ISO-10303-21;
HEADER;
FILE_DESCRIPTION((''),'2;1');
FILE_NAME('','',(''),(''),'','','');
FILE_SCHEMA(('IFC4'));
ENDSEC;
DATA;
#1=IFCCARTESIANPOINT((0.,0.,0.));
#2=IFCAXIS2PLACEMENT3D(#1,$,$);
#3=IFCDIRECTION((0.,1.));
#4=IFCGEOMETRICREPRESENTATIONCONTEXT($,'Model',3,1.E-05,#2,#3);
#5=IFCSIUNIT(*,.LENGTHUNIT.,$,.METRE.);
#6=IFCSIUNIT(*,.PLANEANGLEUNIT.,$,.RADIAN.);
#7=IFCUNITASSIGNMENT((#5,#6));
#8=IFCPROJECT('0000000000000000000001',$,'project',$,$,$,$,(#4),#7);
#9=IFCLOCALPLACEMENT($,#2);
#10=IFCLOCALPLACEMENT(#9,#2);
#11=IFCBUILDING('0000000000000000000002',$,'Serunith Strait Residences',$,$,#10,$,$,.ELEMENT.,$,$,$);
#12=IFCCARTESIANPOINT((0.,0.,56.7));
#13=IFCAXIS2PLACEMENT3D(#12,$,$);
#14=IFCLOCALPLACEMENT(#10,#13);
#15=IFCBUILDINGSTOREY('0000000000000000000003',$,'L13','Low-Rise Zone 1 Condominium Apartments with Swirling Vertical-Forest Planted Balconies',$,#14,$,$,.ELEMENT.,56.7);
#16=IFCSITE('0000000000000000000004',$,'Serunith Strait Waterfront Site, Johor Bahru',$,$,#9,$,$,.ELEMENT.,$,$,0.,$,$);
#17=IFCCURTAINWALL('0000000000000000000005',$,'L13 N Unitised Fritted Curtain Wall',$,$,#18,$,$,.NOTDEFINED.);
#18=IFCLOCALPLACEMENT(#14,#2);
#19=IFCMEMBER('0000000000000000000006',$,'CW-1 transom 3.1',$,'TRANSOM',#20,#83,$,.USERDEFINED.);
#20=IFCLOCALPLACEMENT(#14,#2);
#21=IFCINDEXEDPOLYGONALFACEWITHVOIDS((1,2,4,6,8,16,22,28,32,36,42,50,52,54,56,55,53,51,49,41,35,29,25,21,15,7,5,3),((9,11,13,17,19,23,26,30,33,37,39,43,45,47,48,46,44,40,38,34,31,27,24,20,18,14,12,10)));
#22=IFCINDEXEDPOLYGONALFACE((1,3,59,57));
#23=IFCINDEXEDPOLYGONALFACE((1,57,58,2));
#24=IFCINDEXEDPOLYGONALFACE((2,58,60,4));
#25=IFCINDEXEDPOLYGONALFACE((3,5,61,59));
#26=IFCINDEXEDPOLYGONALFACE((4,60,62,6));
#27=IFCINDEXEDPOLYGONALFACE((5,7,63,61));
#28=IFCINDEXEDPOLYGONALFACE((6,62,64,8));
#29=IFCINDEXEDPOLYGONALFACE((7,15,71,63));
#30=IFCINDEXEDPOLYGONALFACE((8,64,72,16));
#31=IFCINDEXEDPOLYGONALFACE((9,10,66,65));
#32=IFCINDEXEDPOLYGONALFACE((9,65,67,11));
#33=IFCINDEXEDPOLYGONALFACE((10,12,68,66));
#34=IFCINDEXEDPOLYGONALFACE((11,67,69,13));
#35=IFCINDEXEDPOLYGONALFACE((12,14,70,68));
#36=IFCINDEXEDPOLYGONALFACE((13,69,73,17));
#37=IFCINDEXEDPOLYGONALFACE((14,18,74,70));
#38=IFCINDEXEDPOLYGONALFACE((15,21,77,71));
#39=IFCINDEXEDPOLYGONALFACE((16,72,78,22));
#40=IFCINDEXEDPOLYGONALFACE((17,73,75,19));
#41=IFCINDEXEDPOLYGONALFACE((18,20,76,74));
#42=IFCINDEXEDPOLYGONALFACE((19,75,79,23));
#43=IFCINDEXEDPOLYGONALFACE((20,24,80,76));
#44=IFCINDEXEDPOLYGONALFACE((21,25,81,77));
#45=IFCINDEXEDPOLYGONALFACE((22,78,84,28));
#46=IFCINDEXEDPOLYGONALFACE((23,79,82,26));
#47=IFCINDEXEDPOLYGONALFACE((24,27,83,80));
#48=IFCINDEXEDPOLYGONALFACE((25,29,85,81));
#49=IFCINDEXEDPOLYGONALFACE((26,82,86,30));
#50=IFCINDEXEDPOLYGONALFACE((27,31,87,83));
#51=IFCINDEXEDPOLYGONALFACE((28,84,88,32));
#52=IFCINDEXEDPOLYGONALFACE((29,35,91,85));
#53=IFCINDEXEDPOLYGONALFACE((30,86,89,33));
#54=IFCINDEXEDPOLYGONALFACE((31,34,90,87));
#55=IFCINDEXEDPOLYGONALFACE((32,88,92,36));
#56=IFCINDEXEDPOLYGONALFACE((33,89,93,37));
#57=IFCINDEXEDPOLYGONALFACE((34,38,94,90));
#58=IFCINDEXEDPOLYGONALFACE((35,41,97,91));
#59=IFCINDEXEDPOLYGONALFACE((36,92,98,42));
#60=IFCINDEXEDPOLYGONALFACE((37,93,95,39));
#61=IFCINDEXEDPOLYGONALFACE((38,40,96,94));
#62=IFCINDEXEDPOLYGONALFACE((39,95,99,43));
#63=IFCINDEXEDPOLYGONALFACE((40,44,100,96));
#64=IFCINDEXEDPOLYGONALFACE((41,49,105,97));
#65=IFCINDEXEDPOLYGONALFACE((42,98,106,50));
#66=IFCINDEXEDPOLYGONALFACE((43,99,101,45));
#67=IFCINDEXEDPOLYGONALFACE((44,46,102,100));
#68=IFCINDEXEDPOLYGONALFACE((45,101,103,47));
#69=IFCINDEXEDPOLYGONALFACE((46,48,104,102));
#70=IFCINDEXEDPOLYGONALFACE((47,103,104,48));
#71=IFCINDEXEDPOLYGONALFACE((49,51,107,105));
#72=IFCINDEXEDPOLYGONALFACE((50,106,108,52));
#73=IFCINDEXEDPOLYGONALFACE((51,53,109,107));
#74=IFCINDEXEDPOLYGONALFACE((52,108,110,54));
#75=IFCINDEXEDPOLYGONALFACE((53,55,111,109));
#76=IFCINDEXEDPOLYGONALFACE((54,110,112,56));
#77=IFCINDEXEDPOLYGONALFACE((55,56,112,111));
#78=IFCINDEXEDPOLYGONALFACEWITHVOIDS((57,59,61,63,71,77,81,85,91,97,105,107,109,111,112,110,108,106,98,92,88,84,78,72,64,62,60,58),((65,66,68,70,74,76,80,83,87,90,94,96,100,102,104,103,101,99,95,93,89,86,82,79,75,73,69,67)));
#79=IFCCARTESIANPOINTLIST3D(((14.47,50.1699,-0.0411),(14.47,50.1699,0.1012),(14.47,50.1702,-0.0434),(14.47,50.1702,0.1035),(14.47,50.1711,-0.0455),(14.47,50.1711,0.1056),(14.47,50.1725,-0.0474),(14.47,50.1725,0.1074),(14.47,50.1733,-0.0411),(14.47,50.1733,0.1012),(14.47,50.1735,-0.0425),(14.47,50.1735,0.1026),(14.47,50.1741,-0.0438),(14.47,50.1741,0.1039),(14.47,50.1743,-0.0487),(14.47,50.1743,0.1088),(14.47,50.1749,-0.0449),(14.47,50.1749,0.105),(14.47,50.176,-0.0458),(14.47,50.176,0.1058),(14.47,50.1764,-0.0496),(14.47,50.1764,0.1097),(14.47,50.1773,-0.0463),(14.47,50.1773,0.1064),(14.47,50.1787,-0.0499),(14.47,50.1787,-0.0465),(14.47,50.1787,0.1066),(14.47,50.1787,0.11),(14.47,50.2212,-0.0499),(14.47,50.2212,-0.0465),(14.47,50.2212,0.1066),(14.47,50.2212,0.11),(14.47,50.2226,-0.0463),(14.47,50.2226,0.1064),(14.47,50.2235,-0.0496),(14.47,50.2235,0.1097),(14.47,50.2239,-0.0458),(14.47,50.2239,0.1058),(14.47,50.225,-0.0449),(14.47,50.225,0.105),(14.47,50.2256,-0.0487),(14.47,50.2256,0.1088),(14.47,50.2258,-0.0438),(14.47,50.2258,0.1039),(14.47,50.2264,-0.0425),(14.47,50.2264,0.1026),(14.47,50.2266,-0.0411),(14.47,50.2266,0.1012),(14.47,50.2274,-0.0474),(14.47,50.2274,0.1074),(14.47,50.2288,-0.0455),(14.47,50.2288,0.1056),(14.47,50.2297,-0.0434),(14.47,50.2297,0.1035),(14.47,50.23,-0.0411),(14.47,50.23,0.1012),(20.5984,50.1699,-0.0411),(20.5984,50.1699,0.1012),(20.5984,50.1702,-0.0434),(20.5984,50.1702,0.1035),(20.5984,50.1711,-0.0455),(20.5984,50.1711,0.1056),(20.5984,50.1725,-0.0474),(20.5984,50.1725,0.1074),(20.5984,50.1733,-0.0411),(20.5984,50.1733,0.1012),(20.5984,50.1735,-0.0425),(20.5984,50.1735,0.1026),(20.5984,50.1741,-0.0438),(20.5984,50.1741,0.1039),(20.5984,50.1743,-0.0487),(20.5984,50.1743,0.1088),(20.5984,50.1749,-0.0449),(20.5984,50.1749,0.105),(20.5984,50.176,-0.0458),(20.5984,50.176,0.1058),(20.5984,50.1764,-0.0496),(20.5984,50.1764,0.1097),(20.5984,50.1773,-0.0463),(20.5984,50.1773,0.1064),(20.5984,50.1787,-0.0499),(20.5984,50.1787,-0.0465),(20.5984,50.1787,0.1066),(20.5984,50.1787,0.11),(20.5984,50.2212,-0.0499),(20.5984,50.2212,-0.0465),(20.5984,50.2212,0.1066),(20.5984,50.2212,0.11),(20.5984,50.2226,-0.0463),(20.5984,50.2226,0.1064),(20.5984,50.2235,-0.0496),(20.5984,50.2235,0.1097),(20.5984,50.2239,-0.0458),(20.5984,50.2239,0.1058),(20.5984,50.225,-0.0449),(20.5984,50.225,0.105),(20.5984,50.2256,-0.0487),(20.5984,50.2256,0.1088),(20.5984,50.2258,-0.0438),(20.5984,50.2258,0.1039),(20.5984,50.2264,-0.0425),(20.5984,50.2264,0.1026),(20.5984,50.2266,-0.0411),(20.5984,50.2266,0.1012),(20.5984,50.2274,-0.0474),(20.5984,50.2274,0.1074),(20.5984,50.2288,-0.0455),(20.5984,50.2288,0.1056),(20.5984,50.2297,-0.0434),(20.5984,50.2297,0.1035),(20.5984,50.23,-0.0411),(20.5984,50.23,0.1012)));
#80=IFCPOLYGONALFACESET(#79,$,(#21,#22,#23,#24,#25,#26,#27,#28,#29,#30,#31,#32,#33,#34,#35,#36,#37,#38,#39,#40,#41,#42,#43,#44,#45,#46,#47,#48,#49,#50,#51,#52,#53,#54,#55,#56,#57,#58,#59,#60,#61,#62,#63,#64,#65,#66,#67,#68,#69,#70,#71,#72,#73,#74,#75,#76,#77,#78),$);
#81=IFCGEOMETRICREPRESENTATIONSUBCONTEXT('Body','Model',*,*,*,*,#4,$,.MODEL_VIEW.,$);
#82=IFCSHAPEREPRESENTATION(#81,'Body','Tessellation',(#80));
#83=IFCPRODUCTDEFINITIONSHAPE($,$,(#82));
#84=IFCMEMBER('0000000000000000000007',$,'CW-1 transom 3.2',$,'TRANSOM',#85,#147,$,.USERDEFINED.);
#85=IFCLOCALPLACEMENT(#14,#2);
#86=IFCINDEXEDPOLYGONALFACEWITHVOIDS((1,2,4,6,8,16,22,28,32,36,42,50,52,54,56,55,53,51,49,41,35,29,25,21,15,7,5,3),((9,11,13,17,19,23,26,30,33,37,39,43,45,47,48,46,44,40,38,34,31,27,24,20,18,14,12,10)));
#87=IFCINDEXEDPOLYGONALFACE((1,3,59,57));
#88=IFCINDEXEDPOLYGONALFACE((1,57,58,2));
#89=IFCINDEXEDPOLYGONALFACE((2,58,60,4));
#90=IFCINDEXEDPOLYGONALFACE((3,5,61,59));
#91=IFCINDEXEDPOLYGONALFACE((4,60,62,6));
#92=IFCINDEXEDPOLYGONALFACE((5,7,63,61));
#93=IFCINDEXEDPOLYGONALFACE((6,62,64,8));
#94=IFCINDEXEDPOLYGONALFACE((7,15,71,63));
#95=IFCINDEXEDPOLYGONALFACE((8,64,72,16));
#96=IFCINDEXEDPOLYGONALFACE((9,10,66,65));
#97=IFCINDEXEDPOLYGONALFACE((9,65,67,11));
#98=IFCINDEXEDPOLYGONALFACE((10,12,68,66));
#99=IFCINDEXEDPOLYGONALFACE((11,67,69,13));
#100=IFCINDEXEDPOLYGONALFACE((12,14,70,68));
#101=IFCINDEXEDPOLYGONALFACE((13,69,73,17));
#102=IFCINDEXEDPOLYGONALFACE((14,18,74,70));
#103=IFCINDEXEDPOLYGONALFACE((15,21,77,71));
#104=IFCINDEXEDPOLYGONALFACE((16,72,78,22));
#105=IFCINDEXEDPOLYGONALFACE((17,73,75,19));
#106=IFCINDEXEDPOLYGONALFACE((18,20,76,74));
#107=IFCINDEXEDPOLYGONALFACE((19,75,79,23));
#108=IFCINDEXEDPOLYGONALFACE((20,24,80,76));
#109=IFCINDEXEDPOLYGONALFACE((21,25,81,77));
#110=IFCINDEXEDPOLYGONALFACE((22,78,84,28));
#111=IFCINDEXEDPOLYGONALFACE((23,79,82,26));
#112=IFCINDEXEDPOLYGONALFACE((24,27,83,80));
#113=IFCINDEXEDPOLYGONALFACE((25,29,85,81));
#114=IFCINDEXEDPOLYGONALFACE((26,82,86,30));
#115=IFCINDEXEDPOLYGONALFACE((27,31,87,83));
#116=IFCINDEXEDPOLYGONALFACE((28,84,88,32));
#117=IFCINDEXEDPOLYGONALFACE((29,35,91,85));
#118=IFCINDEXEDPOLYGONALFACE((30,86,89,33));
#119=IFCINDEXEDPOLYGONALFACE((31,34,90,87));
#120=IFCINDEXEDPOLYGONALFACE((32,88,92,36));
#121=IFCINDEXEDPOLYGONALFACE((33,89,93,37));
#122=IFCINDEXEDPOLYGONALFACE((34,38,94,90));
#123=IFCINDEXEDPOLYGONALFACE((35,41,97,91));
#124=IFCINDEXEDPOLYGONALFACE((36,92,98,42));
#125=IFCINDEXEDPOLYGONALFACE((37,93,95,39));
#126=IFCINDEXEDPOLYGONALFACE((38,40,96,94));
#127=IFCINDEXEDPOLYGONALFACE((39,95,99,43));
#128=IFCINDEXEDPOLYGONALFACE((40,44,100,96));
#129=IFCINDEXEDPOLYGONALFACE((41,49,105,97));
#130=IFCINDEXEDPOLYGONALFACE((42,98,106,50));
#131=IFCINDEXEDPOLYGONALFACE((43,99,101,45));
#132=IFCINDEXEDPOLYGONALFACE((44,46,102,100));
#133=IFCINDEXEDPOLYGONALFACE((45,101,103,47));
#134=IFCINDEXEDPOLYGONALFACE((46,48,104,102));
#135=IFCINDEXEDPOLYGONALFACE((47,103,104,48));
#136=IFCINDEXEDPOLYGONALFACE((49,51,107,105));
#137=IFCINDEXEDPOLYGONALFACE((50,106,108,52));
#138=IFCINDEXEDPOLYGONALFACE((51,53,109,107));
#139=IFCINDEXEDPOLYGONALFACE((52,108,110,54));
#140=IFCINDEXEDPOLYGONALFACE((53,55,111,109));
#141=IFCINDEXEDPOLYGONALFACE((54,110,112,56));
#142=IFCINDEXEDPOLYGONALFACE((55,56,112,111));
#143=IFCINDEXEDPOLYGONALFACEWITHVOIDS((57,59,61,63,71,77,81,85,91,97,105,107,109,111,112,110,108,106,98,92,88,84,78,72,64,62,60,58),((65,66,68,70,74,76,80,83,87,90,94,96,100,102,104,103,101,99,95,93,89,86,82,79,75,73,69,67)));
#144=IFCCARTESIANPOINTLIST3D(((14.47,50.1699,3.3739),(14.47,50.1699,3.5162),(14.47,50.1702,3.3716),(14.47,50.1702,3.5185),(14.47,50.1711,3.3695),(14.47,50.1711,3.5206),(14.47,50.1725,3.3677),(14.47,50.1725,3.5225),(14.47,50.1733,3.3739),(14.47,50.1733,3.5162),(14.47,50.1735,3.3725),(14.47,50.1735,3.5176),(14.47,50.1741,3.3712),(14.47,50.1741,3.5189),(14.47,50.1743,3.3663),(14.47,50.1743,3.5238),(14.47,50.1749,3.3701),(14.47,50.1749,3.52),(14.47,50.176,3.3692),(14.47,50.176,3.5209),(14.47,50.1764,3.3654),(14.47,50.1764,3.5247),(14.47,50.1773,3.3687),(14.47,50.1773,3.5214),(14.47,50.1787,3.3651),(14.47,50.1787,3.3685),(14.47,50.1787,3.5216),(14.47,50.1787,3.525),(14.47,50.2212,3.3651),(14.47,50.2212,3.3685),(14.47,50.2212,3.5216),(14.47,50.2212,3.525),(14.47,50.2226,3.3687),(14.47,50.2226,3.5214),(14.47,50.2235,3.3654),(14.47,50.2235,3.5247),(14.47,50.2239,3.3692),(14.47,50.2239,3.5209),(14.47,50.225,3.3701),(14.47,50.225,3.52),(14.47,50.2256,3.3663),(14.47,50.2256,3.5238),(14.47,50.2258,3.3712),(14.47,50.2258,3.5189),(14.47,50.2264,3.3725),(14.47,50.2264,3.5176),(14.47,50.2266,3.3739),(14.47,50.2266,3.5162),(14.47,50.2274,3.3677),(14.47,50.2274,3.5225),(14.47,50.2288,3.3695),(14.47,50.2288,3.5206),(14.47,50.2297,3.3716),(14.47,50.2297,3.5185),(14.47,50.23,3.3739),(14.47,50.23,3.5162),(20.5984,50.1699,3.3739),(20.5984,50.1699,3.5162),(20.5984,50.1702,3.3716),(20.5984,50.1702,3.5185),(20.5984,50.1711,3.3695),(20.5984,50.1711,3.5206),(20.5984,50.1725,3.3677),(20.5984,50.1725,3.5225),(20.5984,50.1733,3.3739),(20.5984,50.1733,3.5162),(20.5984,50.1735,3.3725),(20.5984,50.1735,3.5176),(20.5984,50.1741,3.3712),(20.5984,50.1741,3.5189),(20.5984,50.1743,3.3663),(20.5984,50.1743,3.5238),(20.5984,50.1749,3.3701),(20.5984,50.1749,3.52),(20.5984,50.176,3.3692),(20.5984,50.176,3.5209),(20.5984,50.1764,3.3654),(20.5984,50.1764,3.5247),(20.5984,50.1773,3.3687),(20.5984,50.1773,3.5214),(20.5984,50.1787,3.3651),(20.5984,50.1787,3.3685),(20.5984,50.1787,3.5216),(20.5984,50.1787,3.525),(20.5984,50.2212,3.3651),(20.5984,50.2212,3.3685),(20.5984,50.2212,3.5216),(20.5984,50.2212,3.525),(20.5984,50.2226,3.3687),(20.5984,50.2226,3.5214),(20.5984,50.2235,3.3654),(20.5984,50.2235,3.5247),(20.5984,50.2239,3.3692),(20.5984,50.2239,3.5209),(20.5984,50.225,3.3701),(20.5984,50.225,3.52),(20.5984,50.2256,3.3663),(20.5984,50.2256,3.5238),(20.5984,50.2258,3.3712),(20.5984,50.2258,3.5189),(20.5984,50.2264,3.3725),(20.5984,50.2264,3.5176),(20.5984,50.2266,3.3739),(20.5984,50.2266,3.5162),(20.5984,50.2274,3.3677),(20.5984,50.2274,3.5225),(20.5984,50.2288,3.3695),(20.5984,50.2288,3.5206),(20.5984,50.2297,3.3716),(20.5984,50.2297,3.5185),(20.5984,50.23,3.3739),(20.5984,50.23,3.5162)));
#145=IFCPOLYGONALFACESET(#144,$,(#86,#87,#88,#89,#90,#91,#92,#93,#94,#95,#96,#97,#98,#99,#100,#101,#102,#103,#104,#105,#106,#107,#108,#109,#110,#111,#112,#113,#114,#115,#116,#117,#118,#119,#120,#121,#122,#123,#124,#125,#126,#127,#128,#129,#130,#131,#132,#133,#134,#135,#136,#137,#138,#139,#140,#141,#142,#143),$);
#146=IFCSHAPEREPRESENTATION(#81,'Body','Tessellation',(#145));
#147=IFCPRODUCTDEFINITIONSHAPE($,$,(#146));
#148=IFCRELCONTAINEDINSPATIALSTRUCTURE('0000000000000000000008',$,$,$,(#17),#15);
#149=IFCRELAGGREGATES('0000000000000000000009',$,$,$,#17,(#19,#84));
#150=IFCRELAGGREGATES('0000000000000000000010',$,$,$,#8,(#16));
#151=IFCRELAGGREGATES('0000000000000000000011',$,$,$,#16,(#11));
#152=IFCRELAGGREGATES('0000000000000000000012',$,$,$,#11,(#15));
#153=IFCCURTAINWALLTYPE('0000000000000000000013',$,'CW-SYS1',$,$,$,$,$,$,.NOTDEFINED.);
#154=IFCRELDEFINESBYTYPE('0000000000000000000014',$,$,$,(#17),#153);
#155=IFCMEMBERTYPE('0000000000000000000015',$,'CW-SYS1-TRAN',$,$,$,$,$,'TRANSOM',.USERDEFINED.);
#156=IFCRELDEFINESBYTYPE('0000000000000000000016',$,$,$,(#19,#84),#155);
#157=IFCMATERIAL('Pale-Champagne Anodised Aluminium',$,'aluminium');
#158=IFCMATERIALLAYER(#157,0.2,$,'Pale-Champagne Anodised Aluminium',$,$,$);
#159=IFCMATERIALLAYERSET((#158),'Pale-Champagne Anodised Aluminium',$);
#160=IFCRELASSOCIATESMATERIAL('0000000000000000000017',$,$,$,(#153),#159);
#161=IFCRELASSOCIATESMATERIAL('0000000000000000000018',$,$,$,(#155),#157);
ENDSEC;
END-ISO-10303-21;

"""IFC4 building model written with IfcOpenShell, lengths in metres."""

from ifc_helpers import new_model, si_unit, direction, frame, origin, origin_2d, place, context, subcontext, project, spatial, hollow_rectangle, extrude, source, transform, mapped, material, layer, layer_set, material_profile, profile_set, type_object, element, aggregate, save


model = new_model("IFC4")

# Units and contexts
model_context = context("Model", 3, precision=1e-05, world=origin(), true_north=direction((0.0, 1.0)))
body_context = subcontext(model_context, "Body", "Model", "MODEL_VIEW")
ifc_project = project(units=[si_unit("LENGTHUNIT", "METRE"), si_unit("PLANEANGLEUNIT", "RADIAN")], contexts=[model_context])

# Site, building, storey
site_placement = place(None, origin())
site = spatial("IfcSite", under=ifc_project, at=site_placement, Name="Serunith Strait Waterfront Site, Johor Bahru", CompositionType="ELEMENT", RefElevation=0.0)
building_placement = place(site_placement, origin())
building = spatial("IfcBuilding", under=site, at=building_placement, Name="Serunith Strait Residences", CompositionType="ELEMENT")
storey_placement = place(building_placement, frame((0.0, 0.0, 56.7)))
storey = spatial("IfcBuildingStorey", under=building, at=storey_placement, Name="L13", Description="Low-Rise Zone 1 Condominium Apartments with Swirling Vertical-Forest Planted Balconies", CompositionType="ELEMENT", Elevation=56.7)

# Curtain wall, members
ifc_material_1 = material(Name="Pale-Champagne Anodised Aluminium", Category="aluminium")
ifc_layer_1 = layer(ifc_material_1, 0.2, Name="Pale-Champagne Anodised Aluminium")
ifc_layer_set_1 = layer_set([ifc_layer_1], Name="Pale-Champagne Anodised Aluminium")
curtain_wall_type = type_object("IfcCurtainWallType", Name="CW-SYS1", PredefinedType="NOTDEFINED", material=ifc_layer_set_1)
curtain_wall_placement = place(storey_placement, origin())
curtain_wall = element("IfcCurtainWall", 1, at=curtain_wall_placement, inside=storey, type_object=curtain_wall_type, Name="L13 N Unitised Fritted Curtain Wall", PredefinedType="NOTDEFINED")
ifc_material_profile_1 = material_profile(ifc_material_1, hollow_rectangle(XDim=0.0601, YDim=0.1599, WallThickness=0.0034, InnerFilletRadius=0.0054, OuterFilletRadius=0.0088, at=origin_2d()), Name="ALU 160x60x3.5")
ifc_profile_set_1 = profile_set([ifc_material_profile_1], Name="Pale-Champagne Anodised Aluminium")
member_type_1 = type_object("IfcMemberType", Name="CW-SYS1-TRAN", ElementType="TRANSOM", PredefinedType="USERDEFINED", material=ifc_profile_set_1)
shared_shape_1 = source(origin(), body_context, "Body", "SweptSolid", [
    extrude(hollow_rectangle(XDim=0.0601, YDim=0.1599, WallThickness=0.0034, InnerFilletRadius=0.0054, OuterFilletRadius=0.0088, at=origin_2d()), origin(), (0.0, 0.0, 1.0), 6.1284),
])
member_1_placement = place(storey_placement, frame((20.5984, 50.2, 0.03), z_axis=(-1.0, 0.0, 0.0), x_axis=(0.0, -1.0, 0.0)))
member_1 = element("IfcMember", 2, at=member_1_placement, type_object=member_type_1, Name="CW-1 transom 3.1", ObjectType="TRANSOM", PredefinedType="USERDEFINED", context=body_context, shape_type="MappedRepresentation", body=[
    mapped(shared_shape_1, transform((0.0, 0.0, 0.0), scale=1.0)),
])
member_2_placement = place(storey_placement, frame((20.5984, 50.2, 3.4451), z_axis=(-1.0, 0.0, 0.0), x_axis=(0.0, -1.0, 0.0)))
member_2 = element("IfcMember", 3, at=member_2_placement, type_object=member_type_1, Name="CW-1 transom 3.2", ObjectType="TRANSOM", PredefinedType="USERDEFINED", context=body_context, shape_type="MappedRepresentation", body=[
    mapped(shared_shape_1, transform((0.0, 0.0, 0.0), scale=1.0)),
])
aggregate(curtain_wall, [member_1, member_2])

save(model, "model.ifc")
